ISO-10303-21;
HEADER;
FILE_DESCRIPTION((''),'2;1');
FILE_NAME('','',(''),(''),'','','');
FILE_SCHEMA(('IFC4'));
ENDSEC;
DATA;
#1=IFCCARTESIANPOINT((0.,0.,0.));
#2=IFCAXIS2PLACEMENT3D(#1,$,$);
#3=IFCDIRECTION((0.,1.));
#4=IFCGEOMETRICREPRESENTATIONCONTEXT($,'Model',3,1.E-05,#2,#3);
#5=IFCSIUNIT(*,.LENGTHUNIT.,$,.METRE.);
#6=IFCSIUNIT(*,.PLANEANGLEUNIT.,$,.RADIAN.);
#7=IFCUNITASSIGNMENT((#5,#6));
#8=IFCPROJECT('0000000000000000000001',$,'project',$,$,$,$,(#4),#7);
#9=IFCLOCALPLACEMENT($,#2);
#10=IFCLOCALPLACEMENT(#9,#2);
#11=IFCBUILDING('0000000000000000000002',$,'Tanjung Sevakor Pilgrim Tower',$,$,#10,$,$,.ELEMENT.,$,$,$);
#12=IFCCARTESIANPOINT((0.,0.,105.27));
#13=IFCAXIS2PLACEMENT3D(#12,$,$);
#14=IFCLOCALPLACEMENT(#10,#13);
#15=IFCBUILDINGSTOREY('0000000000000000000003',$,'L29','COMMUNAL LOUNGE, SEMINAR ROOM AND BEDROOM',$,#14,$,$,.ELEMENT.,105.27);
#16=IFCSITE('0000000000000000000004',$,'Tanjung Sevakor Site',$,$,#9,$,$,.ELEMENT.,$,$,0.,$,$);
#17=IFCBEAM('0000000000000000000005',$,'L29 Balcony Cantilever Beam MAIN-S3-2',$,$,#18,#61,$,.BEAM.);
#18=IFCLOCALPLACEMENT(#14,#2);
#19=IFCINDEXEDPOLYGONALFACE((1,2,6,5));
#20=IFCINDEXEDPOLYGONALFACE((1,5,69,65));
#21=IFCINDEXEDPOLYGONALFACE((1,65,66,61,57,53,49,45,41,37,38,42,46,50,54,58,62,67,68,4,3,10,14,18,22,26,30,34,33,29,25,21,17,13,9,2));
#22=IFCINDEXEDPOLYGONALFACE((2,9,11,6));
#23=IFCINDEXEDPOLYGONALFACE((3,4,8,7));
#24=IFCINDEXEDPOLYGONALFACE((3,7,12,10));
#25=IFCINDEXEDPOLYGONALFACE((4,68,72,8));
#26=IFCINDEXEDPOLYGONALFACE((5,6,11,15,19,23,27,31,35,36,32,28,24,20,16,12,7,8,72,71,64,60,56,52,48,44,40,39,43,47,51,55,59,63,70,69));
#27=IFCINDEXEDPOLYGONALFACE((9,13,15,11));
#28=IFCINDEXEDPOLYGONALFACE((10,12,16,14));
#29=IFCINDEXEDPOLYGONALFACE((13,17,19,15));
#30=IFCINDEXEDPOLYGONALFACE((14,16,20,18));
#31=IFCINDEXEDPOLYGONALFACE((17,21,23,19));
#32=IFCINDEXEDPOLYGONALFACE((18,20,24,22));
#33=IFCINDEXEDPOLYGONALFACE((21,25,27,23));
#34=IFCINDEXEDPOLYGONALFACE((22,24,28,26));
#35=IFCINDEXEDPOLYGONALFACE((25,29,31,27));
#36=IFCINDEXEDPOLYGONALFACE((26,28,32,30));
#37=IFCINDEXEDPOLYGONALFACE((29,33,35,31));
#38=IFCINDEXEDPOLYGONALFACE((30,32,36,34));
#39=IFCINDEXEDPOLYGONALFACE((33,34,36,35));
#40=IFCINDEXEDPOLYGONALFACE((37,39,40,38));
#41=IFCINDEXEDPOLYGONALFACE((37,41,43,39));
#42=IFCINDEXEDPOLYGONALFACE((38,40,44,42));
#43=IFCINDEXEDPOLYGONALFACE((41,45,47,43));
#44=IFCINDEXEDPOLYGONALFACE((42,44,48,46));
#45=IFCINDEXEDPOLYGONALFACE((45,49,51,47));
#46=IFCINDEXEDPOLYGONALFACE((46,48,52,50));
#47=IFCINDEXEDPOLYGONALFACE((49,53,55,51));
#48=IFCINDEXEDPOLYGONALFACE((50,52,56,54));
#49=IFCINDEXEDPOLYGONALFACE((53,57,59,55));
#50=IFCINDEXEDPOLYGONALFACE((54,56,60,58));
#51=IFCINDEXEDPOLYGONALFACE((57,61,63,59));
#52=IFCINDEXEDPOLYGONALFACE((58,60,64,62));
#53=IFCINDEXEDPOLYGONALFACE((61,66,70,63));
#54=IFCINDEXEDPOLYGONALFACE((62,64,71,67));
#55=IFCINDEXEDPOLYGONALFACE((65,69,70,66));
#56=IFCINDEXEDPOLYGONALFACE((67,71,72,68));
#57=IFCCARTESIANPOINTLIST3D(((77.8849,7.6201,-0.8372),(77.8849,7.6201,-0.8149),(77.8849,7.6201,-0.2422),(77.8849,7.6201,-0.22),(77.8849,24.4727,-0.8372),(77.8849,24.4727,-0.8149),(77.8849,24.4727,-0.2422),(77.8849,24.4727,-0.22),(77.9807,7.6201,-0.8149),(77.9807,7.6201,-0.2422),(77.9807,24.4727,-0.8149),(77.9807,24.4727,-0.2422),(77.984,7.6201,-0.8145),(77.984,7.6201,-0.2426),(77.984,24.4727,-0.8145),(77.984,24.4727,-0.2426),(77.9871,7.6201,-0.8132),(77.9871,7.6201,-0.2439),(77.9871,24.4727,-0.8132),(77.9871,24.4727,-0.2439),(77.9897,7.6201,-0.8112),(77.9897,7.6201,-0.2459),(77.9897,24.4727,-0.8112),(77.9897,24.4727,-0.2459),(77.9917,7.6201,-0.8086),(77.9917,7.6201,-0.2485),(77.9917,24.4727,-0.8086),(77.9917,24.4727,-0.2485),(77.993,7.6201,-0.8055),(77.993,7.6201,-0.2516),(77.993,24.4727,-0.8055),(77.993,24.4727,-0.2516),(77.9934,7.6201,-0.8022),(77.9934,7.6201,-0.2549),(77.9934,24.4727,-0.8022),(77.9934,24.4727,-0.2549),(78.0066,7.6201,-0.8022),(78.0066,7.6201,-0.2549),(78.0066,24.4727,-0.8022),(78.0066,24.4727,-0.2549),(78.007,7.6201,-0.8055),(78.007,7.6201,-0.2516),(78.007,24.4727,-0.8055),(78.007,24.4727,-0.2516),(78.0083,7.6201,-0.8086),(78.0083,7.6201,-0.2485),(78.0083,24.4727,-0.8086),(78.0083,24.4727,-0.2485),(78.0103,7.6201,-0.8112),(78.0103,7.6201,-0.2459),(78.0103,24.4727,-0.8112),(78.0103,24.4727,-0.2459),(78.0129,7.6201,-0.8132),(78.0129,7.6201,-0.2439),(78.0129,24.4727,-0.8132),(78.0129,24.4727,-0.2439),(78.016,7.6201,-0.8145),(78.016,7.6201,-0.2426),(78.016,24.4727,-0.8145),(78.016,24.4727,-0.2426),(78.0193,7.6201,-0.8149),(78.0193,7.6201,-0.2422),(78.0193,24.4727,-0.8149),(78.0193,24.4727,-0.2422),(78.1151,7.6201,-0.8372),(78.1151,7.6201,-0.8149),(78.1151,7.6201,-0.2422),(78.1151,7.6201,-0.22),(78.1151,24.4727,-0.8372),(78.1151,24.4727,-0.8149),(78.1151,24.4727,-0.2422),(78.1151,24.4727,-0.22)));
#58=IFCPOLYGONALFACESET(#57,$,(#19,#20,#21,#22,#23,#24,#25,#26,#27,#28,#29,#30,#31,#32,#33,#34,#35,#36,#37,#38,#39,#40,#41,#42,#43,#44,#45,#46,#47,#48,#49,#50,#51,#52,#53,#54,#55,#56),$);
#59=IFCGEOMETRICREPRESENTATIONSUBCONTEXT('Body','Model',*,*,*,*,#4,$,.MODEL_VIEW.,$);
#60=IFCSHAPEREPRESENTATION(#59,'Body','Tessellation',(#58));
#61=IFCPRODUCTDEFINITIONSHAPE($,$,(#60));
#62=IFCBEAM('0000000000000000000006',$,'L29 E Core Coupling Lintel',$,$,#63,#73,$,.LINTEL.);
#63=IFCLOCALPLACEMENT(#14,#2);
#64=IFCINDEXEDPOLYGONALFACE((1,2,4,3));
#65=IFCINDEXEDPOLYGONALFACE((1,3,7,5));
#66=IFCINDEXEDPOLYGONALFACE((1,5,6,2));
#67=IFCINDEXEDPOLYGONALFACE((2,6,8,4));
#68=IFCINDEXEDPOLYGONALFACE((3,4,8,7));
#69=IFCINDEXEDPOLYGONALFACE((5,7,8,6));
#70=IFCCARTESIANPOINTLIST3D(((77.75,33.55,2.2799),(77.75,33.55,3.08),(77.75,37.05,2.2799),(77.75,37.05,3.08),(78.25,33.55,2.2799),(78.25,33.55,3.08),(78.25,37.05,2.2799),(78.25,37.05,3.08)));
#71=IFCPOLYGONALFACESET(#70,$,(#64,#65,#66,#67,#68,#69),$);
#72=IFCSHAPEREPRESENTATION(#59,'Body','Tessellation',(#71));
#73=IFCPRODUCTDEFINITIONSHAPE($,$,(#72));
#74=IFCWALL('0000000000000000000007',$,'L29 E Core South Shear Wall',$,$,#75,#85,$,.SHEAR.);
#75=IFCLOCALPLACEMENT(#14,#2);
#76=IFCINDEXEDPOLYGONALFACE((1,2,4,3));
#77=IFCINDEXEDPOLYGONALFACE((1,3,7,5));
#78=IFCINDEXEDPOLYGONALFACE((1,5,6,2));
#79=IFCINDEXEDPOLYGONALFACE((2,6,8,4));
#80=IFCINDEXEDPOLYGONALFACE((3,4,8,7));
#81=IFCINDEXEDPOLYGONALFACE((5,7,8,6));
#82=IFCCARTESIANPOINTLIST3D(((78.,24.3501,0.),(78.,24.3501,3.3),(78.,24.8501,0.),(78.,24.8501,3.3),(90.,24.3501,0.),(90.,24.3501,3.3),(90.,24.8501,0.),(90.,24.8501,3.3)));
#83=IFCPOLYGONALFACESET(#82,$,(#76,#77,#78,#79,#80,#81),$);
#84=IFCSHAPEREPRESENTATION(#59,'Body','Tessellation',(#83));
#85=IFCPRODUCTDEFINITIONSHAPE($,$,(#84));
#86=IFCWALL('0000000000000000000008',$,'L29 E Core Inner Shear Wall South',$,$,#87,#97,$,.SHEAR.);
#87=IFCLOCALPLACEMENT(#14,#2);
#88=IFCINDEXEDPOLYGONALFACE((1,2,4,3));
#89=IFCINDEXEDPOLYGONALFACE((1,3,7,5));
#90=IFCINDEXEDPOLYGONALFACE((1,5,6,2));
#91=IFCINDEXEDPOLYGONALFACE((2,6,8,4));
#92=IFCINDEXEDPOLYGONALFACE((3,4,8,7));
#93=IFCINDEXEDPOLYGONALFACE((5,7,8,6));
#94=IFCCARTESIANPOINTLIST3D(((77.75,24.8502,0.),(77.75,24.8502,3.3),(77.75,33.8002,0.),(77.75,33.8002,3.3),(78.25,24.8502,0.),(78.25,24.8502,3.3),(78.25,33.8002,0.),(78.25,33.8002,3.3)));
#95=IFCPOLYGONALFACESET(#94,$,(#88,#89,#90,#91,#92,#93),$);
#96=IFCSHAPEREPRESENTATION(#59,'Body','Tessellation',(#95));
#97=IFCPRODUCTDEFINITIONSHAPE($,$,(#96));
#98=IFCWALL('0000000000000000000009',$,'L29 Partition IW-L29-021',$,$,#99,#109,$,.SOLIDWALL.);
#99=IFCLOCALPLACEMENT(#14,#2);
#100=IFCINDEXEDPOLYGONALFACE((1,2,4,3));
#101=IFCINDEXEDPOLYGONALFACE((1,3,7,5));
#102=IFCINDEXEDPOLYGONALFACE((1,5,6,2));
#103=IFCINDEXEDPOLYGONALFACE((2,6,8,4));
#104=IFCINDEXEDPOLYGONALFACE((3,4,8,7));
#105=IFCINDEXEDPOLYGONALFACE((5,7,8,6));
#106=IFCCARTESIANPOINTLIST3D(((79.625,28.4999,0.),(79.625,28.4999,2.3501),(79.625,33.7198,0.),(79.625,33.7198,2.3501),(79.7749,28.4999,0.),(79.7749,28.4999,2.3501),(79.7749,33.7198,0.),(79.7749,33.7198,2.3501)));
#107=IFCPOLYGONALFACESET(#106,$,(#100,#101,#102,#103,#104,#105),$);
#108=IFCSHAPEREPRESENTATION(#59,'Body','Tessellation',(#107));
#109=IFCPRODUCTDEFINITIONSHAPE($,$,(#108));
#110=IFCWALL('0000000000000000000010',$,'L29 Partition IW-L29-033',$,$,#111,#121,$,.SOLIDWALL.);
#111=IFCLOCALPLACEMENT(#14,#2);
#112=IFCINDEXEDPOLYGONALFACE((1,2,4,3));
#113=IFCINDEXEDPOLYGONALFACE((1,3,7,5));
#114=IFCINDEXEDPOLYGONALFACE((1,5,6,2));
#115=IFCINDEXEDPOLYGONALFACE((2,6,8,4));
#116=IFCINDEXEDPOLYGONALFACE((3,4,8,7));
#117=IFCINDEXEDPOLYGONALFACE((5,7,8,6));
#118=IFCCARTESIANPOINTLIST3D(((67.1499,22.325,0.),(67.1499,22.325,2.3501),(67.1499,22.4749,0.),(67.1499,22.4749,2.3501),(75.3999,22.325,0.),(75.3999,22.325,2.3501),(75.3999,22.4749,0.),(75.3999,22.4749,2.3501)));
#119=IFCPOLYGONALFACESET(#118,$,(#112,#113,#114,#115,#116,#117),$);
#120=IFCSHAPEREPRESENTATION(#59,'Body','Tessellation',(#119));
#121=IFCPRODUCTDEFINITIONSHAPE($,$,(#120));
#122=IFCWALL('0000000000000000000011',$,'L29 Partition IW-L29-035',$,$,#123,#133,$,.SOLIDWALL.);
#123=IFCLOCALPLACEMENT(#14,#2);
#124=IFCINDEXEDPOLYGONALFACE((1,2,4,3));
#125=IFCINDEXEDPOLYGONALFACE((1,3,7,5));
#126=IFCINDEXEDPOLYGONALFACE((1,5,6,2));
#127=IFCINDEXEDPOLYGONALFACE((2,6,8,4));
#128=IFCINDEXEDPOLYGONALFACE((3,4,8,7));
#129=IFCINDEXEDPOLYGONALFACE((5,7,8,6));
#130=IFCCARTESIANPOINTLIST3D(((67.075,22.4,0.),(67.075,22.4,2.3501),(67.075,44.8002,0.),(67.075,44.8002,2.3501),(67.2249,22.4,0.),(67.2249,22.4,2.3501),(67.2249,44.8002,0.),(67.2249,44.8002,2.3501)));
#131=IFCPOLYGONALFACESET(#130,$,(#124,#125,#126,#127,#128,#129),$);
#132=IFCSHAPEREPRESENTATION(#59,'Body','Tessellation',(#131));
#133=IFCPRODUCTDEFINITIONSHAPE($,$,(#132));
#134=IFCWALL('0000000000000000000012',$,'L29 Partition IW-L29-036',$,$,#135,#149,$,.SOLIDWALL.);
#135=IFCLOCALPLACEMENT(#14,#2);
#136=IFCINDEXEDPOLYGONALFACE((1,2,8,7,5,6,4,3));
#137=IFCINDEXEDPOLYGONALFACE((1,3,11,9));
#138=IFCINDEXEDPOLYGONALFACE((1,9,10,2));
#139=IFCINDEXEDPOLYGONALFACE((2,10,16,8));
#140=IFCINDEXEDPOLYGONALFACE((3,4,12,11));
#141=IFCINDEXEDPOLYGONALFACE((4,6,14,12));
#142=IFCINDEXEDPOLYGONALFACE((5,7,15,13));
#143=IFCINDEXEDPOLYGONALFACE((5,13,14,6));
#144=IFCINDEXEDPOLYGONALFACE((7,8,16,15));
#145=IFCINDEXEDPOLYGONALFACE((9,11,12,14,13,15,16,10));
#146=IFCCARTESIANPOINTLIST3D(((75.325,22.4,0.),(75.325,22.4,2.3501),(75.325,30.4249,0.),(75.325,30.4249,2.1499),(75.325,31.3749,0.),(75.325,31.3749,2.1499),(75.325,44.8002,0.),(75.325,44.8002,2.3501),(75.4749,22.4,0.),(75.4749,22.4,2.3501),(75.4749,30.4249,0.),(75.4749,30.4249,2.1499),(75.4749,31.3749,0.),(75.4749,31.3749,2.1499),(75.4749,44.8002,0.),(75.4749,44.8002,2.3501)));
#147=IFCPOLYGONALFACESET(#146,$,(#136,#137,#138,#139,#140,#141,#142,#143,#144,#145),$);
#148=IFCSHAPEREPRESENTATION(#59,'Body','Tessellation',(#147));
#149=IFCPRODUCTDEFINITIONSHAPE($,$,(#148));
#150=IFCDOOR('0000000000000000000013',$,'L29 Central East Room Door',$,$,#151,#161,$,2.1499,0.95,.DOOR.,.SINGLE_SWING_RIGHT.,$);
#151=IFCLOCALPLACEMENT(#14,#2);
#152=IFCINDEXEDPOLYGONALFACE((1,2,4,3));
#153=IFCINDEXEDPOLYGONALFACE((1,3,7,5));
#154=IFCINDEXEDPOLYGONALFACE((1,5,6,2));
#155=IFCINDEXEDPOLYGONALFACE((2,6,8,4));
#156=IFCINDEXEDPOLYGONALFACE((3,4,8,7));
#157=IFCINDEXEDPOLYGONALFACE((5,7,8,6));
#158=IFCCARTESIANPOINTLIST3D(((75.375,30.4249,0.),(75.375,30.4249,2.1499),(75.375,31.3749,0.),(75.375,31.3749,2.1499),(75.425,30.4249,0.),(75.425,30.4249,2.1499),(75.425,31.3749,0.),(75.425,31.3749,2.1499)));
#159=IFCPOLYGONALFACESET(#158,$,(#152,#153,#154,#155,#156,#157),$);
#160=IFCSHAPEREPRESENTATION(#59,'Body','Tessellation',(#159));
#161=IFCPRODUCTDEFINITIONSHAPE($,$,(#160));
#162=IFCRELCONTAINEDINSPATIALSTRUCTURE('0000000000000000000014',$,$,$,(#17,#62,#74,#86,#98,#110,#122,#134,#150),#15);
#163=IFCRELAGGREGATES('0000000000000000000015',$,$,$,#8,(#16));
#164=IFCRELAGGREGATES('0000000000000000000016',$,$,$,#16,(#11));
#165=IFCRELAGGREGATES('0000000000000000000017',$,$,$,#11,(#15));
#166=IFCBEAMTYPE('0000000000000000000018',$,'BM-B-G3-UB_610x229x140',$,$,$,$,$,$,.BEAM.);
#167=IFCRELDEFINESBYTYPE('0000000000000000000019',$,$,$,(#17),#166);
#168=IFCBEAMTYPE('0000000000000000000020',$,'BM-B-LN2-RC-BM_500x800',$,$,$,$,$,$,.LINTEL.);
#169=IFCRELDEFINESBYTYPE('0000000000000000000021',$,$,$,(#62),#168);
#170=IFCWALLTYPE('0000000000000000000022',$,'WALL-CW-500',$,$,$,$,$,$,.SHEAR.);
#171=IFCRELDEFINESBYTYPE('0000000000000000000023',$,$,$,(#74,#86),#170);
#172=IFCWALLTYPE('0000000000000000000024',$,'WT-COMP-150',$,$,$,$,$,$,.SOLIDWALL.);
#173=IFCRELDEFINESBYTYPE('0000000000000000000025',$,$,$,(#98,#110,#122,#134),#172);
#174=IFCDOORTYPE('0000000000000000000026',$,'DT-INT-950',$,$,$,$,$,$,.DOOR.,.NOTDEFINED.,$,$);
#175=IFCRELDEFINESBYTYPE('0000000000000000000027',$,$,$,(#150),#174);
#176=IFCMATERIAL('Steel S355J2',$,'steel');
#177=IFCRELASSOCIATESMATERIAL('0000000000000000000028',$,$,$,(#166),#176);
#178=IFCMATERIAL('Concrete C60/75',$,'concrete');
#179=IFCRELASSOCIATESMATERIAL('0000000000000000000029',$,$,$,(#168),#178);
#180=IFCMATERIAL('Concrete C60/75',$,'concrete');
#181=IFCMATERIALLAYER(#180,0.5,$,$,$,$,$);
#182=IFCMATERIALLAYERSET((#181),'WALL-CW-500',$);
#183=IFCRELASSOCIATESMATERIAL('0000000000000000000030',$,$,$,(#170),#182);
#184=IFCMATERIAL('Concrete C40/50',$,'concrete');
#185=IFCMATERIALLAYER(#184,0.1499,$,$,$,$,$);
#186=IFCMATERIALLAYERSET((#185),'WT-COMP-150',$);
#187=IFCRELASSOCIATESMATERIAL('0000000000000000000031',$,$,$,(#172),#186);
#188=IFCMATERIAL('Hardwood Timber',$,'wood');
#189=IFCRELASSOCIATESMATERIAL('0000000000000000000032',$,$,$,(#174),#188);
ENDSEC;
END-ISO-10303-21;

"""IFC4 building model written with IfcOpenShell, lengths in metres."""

from ifc_helpers import new_model, si_unit, direction, frame, frame_2d, origin, origin_2d, place, context, subcontext, project, spatial, rectangle, i_section, extrude, material, layer, layer_set, material_profile, profile_set, type_object, element, fill, save


model = new_model("IFC4")

# Units and contexts
model_context = context("Model", 3, precision=1e-05, world=origin(), true_north=direction((0.0, 1.0)))
body_context = subcontext(model_context, "Body", "Model", "MODEL_VIEW")
ifc_project = project(units=[si_unit("LENGTHUNIT", "METRE"), si_unit("PLANEANGLEUNIT", "RADIAN")], contexts=[model_context])

# Site, building, storey
site_placement = place(None, origin())
site = spatial("IfcSite", under=ifc_project, at=site_placement, Name="Tanjung Sevakor Site", CompositionType="ELEMENT", RefElevation=0.0)
building_placement = place(site_placement, origin())
building = spatial("IfcBuilding", under=site, at=building_placement, Name="Tanjung Sevakor Pilgrim Tower", CompositionType="ELEMENT")
storey_placement = place(building_placement, frame((0.0, 0.0, 105.27)))
storey = spatial("IfcBuildingStorey", under=building, at=storey_placement, Name="L29", Description="COMMUNAL LOUNGE, SEMINAR ROOM AND BEDROOM", CompositionType="ELEMENT", Elevation=105.27)

# Beams
ifc_material_1 = material(Name="Steel S355J2", Category="steel")
ifc_material_profile_1 = material_profile(ifc_material_1, i_section(OverallWidth=0.2302, OverallDepth=0.6172, WebThickness=0.0132, FlangeThickness=0.0222, FilletRadius=0.0127, at=origin_2d()))
ifc_profile_set_1 = profile_set([ifc_material_profile_1], Name="Steel S355J2")
beam_type_1 = type_object("IfcBeamType", Name="BM-B-G3-UB_610x229x140", PredefinedType="BEAM", material=ifc_profile_set_1)
beam_1_placement = place(storey_placement, frame((78.0, 24.4727, -0.5286), z_axis=(0.0, -1.0, 0.0), x_axis=(1.0, 0.0, 0.0)))
element("IfcBeam", 1, at=beam_1_placement, inside=storey, type_object=beam_type_1, Name="L29 Balcony Cantilever Beam MAIN-S3-2", PredefinedType="BEAM", context=body_context, shape_type="SweptSolid", body=[
    extrude(i_section(OverallWidth=0.2302, OverallDepth=0.6172, WebThickness=0.0132, FlangeThickness=0.0222, FilletRadius=0.0127, at=origin_2d()), origin(), (0.0, 0.0, 1.0), 16.8525),
])
ifc_material_2 = material(Name="Concrete C60/75", Category="concrete")
ifc_material_profile_2 = material_profile(ifc_material_2, rectangle(XDim=0.5, YDim=0.8, at=origin_2d()))
ifc_profile_set_2 = profile_set([ifc_material_profile_2], Name="Concrete C60/75")
beam_type_2 = type_object("IfcBeamType", Name="BM-B-LN2-RC-BM_500x800", PredefinedType="LINTEL", material=ifc_profile_set_2)
beam_2_placement = place(storey_placement, frame((78.0, 33.55, 2.6799), z_axis=(0.0, 1.0, 0.0), x_axis=(-1.0, 0.0, 0.0)))
element("IfcBeam", 2, at=beam_2_placement, inside=storey, type_object=beam_type_2, Name="L29 E Core Coupling Lintel", PredefinedType="LINTEL", context=body_context, shape_type="SweptSolid", body=[
    extrude(rectangle(XDim=0.5, YDim=0.8, at=origin_2d()), origin(), (0.0, 0.0, 1.0), 3.5),
])

# Walls
ifc_material_3 = material(Name="Concrete C60/75", Category="concrete")
ifc_layer_1 = layer(ifc_material_3, 0.5)
ifc_layer_set_1 = layer_set([ifc_layer_1], Name="WALL-CW-500")
wall_type_1 = type_object("IfcWallType", Name="WALL-CW-500", PredefinedType="SHEAR", material=ifc_layer_set_1)
wall_1_placement = place(storey_placement, frame((78.0, 24.6001, 0.0), z_axis=(0.0, 0.0, 1.0), x_axis=(1.0, 0.0, 0.0)))
element("IfcWall", 3, at=wall_1_placement, inside=storey, type_object=wall_type_1, Name="L29 E Core South Shear Wall", PredefinedType="SHEAR", context=body_context, shape_type="SweptSolid", body=[
    extrude(rectangle(XDim=12.0, YDim=0.5, at=frame_2d((6.0, 0.0))), origin(), (0.0, 0.0, 1.0), 3.3),
])
wall_2_placement = place(storey_placement, frame((78.0, 24.8501, 0.0), z_axis=(0.0, 0.0, 1.0), x_axis=(0.0, 1.0, 0.0)))
element("IfcWall", 4, at=wall_2_placement, inside=storey, type_object=wall_type_1, Name="L29 E Core Inner Shear Wall South", PredefinedType="SHEAR", context=body_context, shape_type="SweptSolid", body=[
    extrude(rectangle(XDim=8.95, YDim=0.5, at=frame_2d((4.4751, 0.0))), origin(), (0.0, 0.0, 1.0), 3.3),
])
ifc_material_4 = material(Name="Concrete C40/50", Category="concrete")
ifc_layer_2 = layer(ifc_material_4, 0.1499)
ifc_layer_set_2 = layer_set([ifc_layer_2], Name="WT-COMP-150")
wall_type_2 = type_object("IfcWallType", Name="WT-COMP-150", PredefinedType="SOLIDWALL", material=ifc_layer_set_2)
wall_3_placement = place(storey_placement, frame((79.7, 28.5, 0.0), z_axis=(0.0, 0.0, 1.0), x_axis=(0.0, 1.0, 0.0)))
element("IfcWall", 5, at=wall_3_placement, inside=storey, type_object=wall_type_2, Name="L29 Partition IW-L29-021", PredefinedType="SOLIDWALL", context=body_context, shape_type="SweptSolid", body=[
    extrude(rectangle(XDim=5.22, YDim=0.1499, at=frame_2d((2.6099, 0.0))), origin(), (0.0, 0.0, 1.0), 2.3501),
])
wall_4_placement = place(storey_placement, frame((67.1499, 22.3999, 0.0), z_axis=(0.0, 0.0, 1.0), x_axis=(1.0, 0.0, 0.0)))
element("IfcWall", 6, at=wall_4_placement, inside=storey, type_object=wall_type_2, Name="L29 Partition IW-L29-033", PredefinedType="SOLIDWALL", context=body_context, shape_type="SweptSolid", body=[
    extrude(rectangle(XDim=8.25, YDim=0.1499, at=frame_2d((4.125, 0.0))), origin(), (0.0, 0.0, 1.0), 2.3501),
])
wall_5_placement = place(storey_placement, frame((67.1499, 22.3999, 0.0), z_axis=(0.0, 0.0, 1.0), x_axis=(0.0, 1.0, 0.0)))
element("IfcWall", 7, at=wall_5_placement, inside=storey, type_object=wall_type_2, Name="L29 Partition IW-L29-035", PredefinedType="SOLIDWALL", context=body_context, shape_type="SweptSolid", body=[
    extrude(rectangle(XDim=22.4001, YDim=0.1499, at=frame_2d((11.2002, 0.0))), origin(), (0.0, 0.0, 1.0), 2.3501),
])

# Wall, opening, door
wall_6_placement = place(storey_placement, frame((75.3999, 22.3999, 0.0), z_axis=(0.0, 0.0, 1.0), x_axis=(0.0, 1.0, 0.0)))
wall_6 = element("IfcWall", 8, at=wall_6_placement, inside=storey, type_object=wall_type_2, Name="L29 Partition IW-L29-036", PredefinedType="SOLIDWALL", context=body_context, shape_type="SweptSolid", body=[
    extrude(rectangle(XDim=22.4001, YDim=0.1499, at=frame_2d((11.2002, 0.0))), origin(), (0.0, 0.0, 1.0), 2.3501),
])
opening_1_placement = place(wall_6_placement, frame((8.0249, 0.0, 0.0)))
opening_1 = element("IfcOpeningElement", 9, at=opening_1_placement, cuts=wall_6, PredefinedType="OPENING", context=body_context, shape_type="SweptSolid", body=[
    extrude(rectangle(XDim=0.95, YDim=2.1499, at=frame_2d((0.4751, 1.075))), frame((0.0, 0.085, 0.0), z_axis=(0.0, -1.0, 0.0), x_axis=(1.0, 0.0, 0.0)), (0.0, 0.0, 1.0), 0.1699),
])
ifc_material_5 = material(Name="Hardwood Timber", Category="wood")
door_type_1 = type_object("IfcDoorType", Name="DT-INT-950", OperationType="NOTDEFINED", PredefinedType="DOOR", material=ifc_material_5)
door_1_placement = place(opening_1_placement, origin())
door_1 = element("IfcDoor", 10, at=door_1_placement, inside=storey, type_object=door_type_1, Name="L29 Central East Room Door", OperationType="SINGLE_SWING_RIGHT", OverallHeight=2.1499, OverallWidth=0.95, PredefinedType="DOOR", context=body_context, shape_type="SweptSolid", body=[
    extrude(rectangle(XDim=0.95, YDim=2.1499, at=frame_2d((0.4751, 1.075))), frame((0.0, 0.0249, 0.0), z_axis=(0.0, -1.0, 0.0), x_axis=(1.0, 0.0, 0.0)), (0.0, 0.0, 1.0), 0.05),
])
fill(opening_1, door_1)

save(model, "model.ifc")
